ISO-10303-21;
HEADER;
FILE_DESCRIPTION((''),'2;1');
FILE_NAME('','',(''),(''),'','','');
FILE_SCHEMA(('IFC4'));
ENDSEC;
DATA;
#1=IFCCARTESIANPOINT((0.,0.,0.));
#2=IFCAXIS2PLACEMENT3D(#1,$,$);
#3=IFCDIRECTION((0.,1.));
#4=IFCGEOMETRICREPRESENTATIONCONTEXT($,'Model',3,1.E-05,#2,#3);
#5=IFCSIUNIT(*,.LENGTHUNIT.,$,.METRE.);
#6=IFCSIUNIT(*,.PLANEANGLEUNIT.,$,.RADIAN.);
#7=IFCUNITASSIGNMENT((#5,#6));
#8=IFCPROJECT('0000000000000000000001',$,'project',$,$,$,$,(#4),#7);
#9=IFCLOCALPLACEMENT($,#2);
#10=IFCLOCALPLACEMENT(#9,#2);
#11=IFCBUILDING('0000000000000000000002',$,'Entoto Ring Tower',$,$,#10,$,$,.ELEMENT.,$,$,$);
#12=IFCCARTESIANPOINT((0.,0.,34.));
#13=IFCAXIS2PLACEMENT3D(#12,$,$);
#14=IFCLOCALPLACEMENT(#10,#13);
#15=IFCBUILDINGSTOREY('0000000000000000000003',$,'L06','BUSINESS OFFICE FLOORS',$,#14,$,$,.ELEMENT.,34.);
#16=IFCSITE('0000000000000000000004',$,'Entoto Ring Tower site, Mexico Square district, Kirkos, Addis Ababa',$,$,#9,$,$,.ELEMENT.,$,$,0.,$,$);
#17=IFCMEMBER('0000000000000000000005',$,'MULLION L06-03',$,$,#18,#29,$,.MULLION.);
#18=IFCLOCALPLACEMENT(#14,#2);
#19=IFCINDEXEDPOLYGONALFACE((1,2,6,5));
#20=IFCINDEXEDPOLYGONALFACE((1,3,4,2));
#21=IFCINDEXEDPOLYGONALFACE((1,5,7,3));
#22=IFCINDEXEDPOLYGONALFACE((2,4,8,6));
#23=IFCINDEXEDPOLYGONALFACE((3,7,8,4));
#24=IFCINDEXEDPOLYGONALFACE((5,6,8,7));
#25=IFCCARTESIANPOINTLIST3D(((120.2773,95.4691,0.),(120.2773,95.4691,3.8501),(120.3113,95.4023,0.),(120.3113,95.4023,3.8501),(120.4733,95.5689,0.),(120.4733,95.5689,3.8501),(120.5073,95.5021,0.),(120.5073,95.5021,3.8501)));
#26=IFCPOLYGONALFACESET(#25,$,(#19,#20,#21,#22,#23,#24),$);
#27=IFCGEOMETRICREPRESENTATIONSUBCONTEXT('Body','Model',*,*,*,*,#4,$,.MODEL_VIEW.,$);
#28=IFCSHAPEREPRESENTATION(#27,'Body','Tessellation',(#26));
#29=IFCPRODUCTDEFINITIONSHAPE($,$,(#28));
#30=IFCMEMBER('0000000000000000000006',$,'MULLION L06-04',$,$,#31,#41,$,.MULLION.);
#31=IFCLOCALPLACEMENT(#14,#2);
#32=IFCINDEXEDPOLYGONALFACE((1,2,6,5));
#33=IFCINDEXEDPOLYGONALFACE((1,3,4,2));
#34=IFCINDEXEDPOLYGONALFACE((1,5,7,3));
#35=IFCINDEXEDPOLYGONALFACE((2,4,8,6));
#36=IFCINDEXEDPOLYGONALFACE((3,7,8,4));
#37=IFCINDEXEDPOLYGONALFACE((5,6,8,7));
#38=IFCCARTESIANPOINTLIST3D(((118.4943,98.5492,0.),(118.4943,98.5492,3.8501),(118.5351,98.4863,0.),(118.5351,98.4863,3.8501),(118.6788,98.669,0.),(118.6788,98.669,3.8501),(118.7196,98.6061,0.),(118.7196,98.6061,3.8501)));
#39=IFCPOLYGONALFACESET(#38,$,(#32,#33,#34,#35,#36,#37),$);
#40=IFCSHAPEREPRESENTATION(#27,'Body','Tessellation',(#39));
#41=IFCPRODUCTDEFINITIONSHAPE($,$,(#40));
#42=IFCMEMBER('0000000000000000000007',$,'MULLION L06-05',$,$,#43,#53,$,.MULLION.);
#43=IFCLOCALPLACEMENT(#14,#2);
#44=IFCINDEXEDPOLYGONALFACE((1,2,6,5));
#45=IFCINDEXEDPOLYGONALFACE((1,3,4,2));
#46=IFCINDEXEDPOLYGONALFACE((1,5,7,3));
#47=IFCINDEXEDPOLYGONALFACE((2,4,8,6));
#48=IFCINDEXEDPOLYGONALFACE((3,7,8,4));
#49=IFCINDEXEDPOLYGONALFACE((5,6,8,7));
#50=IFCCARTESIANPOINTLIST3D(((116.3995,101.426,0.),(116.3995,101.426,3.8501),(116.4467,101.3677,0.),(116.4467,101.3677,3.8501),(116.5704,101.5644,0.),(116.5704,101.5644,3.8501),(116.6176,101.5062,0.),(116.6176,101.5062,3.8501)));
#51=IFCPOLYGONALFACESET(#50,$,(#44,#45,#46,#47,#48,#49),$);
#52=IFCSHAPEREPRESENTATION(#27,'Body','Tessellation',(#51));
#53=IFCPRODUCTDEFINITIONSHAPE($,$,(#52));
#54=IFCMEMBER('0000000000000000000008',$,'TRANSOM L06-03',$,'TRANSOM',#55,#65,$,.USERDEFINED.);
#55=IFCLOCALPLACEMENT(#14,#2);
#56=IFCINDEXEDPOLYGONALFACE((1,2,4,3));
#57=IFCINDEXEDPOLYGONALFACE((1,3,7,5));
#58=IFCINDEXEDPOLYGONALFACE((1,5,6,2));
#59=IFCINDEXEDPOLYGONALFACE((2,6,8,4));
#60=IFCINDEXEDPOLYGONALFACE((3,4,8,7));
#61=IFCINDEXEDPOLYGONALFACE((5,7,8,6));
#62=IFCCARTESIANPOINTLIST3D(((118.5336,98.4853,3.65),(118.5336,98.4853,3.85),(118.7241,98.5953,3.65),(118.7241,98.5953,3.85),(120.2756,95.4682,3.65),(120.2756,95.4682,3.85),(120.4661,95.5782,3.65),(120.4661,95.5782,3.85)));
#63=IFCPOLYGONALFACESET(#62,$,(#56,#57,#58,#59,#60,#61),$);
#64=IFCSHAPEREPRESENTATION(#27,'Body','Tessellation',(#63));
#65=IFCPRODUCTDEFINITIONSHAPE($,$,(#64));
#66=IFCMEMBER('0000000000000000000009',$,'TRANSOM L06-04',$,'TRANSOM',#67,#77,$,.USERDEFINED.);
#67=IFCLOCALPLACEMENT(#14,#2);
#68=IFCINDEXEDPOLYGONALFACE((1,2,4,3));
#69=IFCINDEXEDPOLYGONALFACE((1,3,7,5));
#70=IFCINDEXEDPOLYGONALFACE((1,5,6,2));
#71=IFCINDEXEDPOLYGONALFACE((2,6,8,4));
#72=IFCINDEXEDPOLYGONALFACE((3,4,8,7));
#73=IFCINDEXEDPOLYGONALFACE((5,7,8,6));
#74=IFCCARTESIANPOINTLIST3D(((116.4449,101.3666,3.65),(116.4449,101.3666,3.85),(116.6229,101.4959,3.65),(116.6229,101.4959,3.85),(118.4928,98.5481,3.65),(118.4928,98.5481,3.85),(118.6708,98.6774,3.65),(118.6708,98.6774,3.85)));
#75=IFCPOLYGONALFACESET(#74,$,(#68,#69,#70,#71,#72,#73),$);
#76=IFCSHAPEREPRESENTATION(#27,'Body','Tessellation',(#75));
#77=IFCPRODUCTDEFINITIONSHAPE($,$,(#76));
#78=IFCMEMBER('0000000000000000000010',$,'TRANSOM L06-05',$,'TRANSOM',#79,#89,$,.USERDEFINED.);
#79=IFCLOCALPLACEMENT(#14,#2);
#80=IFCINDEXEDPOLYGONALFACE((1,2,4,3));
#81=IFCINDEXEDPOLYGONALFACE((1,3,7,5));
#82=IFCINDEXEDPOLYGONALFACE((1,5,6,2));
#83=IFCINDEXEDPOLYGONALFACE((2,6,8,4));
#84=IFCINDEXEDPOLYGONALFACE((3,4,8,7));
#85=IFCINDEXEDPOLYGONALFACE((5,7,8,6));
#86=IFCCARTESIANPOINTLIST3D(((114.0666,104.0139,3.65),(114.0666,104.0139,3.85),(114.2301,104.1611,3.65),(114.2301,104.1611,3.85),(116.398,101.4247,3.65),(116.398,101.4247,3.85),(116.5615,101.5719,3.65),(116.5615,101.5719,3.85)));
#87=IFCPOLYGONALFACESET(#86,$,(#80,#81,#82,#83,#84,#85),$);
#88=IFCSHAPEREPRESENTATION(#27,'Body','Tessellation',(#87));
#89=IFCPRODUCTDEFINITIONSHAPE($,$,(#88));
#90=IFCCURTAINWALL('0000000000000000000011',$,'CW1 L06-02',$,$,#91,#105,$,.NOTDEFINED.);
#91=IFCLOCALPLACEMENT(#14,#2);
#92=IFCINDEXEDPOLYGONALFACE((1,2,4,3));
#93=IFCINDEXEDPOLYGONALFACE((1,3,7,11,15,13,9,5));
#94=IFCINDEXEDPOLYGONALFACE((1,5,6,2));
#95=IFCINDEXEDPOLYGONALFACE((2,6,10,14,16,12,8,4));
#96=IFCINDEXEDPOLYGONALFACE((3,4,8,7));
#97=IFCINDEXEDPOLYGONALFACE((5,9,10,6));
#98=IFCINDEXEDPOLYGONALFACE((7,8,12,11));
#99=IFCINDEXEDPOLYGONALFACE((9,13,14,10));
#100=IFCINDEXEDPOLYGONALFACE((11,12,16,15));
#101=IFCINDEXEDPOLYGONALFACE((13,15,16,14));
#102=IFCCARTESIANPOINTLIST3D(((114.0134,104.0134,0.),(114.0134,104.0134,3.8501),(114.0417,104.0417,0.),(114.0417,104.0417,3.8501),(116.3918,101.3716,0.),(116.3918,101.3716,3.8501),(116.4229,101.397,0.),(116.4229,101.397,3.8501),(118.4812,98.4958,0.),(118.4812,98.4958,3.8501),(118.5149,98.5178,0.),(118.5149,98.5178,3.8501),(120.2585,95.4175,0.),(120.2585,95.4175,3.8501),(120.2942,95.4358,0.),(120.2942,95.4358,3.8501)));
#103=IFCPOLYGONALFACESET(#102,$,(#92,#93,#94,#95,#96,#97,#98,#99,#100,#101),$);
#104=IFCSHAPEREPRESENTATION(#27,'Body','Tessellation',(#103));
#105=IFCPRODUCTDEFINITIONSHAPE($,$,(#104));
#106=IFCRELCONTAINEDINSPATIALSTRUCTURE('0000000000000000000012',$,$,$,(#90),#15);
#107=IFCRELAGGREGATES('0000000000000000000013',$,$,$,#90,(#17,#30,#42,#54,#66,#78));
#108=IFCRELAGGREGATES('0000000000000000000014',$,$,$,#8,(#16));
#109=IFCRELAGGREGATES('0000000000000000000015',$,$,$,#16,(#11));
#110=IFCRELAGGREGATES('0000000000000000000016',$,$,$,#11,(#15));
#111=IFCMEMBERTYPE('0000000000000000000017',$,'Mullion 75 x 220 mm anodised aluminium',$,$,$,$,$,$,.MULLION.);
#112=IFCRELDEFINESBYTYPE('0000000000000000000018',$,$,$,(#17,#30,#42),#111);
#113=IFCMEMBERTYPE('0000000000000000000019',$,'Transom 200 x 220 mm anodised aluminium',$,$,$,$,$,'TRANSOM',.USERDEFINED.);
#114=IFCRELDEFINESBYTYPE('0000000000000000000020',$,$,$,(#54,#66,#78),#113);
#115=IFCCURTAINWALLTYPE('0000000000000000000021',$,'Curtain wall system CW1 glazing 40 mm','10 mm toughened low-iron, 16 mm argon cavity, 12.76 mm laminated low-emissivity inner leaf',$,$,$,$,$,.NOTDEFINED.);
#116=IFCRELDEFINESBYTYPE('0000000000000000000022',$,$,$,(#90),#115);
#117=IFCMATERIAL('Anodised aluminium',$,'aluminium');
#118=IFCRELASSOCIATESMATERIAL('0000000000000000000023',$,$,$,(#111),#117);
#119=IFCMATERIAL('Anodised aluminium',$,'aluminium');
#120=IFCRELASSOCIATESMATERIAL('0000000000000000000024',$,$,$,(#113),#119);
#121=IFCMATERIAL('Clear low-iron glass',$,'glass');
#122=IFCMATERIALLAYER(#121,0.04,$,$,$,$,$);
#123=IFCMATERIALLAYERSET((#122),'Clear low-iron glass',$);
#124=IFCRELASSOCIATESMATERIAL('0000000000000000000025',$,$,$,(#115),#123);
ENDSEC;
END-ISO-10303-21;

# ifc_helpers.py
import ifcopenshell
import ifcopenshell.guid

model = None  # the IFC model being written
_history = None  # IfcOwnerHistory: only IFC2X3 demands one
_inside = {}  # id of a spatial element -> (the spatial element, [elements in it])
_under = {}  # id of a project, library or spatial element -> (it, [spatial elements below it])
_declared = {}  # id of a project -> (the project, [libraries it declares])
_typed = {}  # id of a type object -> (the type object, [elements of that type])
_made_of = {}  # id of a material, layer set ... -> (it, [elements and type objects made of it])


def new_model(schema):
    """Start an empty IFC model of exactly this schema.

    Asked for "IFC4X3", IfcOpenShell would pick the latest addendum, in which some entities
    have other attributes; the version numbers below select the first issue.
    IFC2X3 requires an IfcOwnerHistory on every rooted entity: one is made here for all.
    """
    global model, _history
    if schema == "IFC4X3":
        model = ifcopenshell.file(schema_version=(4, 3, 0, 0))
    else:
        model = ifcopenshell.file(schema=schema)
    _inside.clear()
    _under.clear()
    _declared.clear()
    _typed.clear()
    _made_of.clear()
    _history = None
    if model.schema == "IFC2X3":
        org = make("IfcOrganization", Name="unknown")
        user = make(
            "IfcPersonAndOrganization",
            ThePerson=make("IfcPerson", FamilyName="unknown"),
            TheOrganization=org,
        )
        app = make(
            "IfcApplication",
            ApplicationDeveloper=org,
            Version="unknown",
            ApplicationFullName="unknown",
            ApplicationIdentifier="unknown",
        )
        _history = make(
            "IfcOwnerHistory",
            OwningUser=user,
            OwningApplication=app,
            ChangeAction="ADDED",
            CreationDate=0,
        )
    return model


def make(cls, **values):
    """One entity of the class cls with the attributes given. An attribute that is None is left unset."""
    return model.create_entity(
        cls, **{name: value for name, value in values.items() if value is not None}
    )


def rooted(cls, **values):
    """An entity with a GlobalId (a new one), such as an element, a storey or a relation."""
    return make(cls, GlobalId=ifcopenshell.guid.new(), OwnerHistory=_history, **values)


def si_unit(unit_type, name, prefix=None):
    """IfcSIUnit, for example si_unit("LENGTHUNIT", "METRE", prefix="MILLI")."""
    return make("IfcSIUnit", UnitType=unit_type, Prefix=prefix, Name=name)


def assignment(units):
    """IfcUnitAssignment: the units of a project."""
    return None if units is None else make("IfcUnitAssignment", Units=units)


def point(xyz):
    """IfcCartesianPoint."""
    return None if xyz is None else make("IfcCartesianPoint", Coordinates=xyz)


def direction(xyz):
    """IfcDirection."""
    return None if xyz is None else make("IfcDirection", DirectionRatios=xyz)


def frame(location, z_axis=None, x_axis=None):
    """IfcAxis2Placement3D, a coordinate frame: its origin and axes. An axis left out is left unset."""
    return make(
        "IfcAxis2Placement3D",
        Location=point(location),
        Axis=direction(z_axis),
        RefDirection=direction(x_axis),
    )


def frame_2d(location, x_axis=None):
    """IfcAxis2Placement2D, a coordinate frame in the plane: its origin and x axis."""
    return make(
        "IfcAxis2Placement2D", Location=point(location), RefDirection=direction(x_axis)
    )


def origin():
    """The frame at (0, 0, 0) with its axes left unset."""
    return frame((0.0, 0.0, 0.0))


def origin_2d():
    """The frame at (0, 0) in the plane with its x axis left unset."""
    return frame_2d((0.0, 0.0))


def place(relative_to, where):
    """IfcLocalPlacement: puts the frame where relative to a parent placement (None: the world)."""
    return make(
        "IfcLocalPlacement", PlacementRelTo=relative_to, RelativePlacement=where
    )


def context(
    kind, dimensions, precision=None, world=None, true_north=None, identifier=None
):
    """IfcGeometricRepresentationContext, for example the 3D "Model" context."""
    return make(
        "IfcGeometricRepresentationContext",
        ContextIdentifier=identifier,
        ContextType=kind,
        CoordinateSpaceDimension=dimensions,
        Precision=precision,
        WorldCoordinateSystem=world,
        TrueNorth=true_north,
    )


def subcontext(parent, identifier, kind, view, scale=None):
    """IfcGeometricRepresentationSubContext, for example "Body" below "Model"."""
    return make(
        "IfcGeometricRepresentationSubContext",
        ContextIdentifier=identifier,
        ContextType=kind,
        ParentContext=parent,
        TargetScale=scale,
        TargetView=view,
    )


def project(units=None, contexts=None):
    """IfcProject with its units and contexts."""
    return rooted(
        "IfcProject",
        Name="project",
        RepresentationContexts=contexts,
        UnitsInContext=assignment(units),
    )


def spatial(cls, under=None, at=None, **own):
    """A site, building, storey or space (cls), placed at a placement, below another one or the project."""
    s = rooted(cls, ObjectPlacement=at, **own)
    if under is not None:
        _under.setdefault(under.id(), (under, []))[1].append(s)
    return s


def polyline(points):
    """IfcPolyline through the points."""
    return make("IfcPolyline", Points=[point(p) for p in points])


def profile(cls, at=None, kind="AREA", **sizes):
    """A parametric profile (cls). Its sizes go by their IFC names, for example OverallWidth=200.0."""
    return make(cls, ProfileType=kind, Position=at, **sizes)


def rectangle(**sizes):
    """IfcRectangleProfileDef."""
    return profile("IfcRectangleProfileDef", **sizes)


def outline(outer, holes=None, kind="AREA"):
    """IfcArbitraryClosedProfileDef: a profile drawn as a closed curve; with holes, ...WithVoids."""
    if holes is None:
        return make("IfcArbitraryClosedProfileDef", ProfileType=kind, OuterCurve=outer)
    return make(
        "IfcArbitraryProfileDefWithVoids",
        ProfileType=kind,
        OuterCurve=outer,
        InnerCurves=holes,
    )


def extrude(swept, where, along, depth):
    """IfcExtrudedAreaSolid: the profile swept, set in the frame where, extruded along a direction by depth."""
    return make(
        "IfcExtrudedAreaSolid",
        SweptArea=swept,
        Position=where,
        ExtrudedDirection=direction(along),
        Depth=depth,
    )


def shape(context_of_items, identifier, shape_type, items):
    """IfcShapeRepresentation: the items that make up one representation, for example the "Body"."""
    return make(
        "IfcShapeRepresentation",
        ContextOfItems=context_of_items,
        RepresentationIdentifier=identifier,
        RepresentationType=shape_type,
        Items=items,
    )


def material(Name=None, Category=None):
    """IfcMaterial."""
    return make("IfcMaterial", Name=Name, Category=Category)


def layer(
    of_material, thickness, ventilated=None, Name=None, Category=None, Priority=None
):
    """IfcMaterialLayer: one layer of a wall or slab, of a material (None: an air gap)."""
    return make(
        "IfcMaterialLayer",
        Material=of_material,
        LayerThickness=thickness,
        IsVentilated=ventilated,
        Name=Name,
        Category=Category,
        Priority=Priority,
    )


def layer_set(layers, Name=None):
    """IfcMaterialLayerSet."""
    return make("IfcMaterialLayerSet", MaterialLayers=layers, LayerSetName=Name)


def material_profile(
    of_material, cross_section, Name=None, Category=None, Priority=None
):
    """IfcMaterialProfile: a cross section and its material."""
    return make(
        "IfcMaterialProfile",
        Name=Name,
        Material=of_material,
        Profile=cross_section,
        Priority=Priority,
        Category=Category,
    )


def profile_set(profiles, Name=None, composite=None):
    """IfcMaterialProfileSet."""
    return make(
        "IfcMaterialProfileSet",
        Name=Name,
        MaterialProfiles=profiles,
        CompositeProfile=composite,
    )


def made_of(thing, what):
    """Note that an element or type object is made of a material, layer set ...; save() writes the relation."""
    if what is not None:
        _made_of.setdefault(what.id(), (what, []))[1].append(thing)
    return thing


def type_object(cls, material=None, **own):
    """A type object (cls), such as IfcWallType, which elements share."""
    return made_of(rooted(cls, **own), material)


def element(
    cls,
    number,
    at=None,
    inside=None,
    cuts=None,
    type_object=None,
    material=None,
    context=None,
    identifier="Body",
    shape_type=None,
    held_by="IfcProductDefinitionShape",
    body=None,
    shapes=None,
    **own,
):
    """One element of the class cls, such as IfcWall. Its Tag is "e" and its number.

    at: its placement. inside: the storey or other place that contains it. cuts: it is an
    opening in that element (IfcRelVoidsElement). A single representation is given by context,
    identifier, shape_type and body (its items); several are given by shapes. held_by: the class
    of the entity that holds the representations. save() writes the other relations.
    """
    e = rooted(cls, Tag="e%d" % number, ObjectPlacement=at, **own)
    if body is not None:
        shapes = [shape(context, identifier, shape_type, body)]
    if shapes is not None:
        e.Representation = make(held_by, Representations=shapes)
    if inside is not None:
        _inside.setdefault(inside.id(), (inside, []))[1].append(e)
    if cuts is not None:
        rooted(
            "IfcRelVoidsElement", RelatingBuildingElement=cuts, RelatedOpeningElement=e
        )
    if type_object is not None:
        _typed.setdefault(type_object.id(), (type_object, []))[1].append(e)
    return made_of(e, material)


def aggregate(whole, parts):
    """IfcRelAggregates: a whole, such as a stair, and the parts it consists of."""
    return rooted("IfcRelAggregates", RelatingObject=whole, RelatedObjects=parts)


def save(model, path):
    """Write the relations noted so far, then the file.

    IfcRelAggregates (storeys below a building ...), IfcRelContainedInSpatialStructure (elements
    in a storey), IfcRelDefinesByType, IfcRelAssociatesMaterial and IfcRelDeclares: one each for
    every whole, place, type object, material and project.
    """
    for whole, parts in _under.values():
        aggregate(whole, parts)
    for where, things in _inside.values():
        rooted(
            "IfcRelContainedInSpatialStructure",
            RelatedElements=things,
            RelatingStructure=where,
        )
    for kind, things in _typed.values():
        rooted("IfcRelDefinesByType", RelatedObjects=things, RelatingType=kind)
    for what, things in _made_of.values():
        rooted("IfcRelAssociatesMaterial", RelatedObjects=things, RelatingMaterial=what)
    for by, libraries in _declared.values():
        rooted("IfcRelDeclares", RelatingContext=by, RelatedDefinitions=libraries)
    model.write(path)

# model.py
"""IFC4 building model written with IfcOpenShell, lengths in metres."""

from ifc_helpers import new_model, si_unit, direction, frame, origin, origin_2d, place, context, subcontext, project, spatial, polyline, rectangle, outline, extrude, material, layer, layer_set, material_profile, profile_set, type_object, element, aggregate, save


model = new_model("IFC4")

# Units and contexts
model_context = context("Model", 3, precision=1e-05, world=origin(), true_north=direction((0.0, 1.0)))
body_context = subcontext(model_context, "Body", "Model", "MODEL_VIEW")
ifc_project = project(units=[si_unit("LENGTHUNIT", "METRE"), si_unit("PLANEANGLEUNIT", "RADIAN")], contexts=[model_context])

# Members
ifc_material_1 = material(Name="Anodised aluminium", Category="aluminium")
ifc_material_profile_1 = material_profile(ifc_material_1, rectangle(XDim=0.075, YDim=0.22, at=origin_2d()), Name="Mullion 75 x 220 mm anodised aluminium")
ifc_profile_set_1 = profile_set([ifc_material_profile_1], Name="Anodised aluminium")
member_type_1 = type_object("IfcMemberType", Name="Mullion 75 x 220 mm anodised aluminium", PredefinedType="MULLION", material=ifc_profile_set_1)
site_placement = place(None, origin())
building_placement = place(site_placement, origin())
storey_placement = place(building_placement, frame((0.0, 0.0, 34.0)))
member_1_placement = place(storey_placement, frame((120.3923, 95.4856, 0.0), z_axis=(0.0, 0.0, 1.0), x_axis=(-0.45399, 0.891007, 0.0)))
member_1 = element("IfcMember", 1, at=member_1_placement, type_object=member_type_1, Name="MULLION L06-03", PredefinedType="MULLION", context=body_context, shape_type="SweptSolid", body=[
    extrude(rectangle(XDim=0.075, YDim=0.22, at=origin_2d()), origin(), (0.0, 0.0, 1.0), 3.8501),
])
member_2_placement = place(storey_placement, frame((118.6069, 98.5776, 0.0), z_axis=(0.0, 0.0, 1.0), x_axis=(-0.544639, 0.838671, 0.0)))
member_2 = element("IfcMember", 2, at=member_2_placement, type_object=member_type_1, Name="MULLION L06-04", PredefinedType="MULLION", context=body_context, shape_type="SweptSolid", body=[
    extrude(rectangle(XDim=0.075, YDim=0.22, at=origin_2d()), origin(), (0.0, 0.0, 1.0), 3.8501),
])
member_3_placement = place(storey_placement, frame((116.5085, 101.4661, 0.0), z_axis=(0.0, 0.0, 1.0), x_axis=(-0.62932, 0.777146, 0.0)))
member_3 = element("IfcMember", 3, at=member_3_placement, type_object=member_type_1, Name="MULLION L06-05", PredefinedType="MULLION", context=body_context, shape_type="SweptSolid", body=[
    extrude(rectangle(XDim=0.075, YDim=0.22, at=origin_2d()), origin(), (0.0, 0.0, 1.0), 3.8501),
])
ifc_material_2 = material(Name="Anodised aluminium", Category="aluminium")
ifc_material_profile_2 = material_profile(ifc_material_2, rectangle(XDim=0.22, YDim=0.2, at=origin_2d()), Name="Transom 200 x 220 mm anodised aluminium")
ifc_profile_set_2 = profile_set([ifc_material_profile_2], Name="Anodised aluminium")
member_type_2 = type_object("IfcMemberType", Name="Transom 200 x 220 mm anodised aluminium", ElementType="TRANSOM", PredefinedType="USERDEFINED", material=ifc_profile_set_2)
member_4_placement = place(storey_placement, frame((120.3708, 95.5232, 3.75), z_axis=(-0.500006, 0.866022, 0.0), x_axis=(-0.866022, -0.500006, 0.0)))
member_4 = element("IfcMember", 4, at=member_4_placement, type_object=member_type_2, Name="TRANSOM L06-03", ObjectType="TRANSOM", PredefinedType="USERDEFINED", context=body_context, shape_type="SweptSolid", body=[
    extrude(rectangle(XDim=0.22, YDim=0.2, at=origin_2d()), origin(), (0.0, 0.0, 1.0), 3.4839),
])
member_5_placement = place(storey_placement, frame((118.5818, 98.6128, 3.75), z_axis=(-0.587822, 0.808991, 0.0), x_axis=(-0.808991, -0.587822, 0.0)))
member_5 = element("IfcMember", 5, at=member_5_placement, type_object=member_type_2, Name="TRANSOM L06-04", ObjectType="TRANSOM", PredefinedType="USERDEFINED", context=body_context, shape_type="SweptSolid", body=[
    extrude(rectangle(XDim=0.22, YDim=0.2, at=origin_2d()), origin(), (0.0, 0.0, 1.0), 3.4839),
])
member_6_placement = place(storey_placement, frame((116.4797, 101.4983, 3.75), z_axis=(-0.669139, 0.743137, 0.0), x_axis=(-0.743137, -0.669139, 0.0)))
member_6 = element("IfcMember", 6, at=member_6_placement, type_object=member_type_2, Name="TRANSOM L06-05", ObjectType="TRANSOM", PredefinedType="USERDEFINED", context=body_context, shape_type="SweptSolid", body=[
    extrude(rectangle(XDim=0.22, YDim=0.2, at=origin_2d()), origin(), (0.0, 0.0, 1.0), 3.4841),
])

# Site, building, storey
site = spatial("IfcSite", under=ifc_project, at=site_placement, Name="Entoto Ring Tower site, Mexico Square district, Kirkos, Addis Ababa", CompositionType="ELEMENT", RefElevation=0.0)
building = spatial("IfcBuilding", under=site, at=building_placement, Name="Entoto Ring Tower", CompositionType="ELEMENT")
storey = spatial("IfcBuildingStorey", under=building, at=storey_placement, Name="L06", Description="BUSINESS OFFICE FLOORS", CompositionType="ELEMENT", Elevation=34.0)

# Curtain wall
ifc_material_3 = material(Name="Clear low-iron glass", Category="glass")
ifc_layer_1 = layer(ifc_material_3, 0.04)
ifc_layer_set_1 = layer_set([ifc_layer_1], Name="Clear low-iron glass")
curtain_wall_type = type_object("IfcCurtainWallType", Name="Curtain wall system CW1 glazing 40 mm", Description="10 mm toughened low-iron, 16 mm argon cavity, 12.76 mm laminated low-emissivity inner leaf", PredefinedType="NOTDEFINED", material=ifc_layer_set_1)
curtain_wall_1_placement = place(storey_placement, origin())
curtain_wall_1 = element("IfcCurtainWall", 7, at=curtain_wall_1_placement, inside=storey, type_object=curtain_wall_type, Name="CW1 L06-02", PredefinedType="NOTDEFINED", context=body_context, shape_type="SweptSolid", body=[
    extrude(outline(polyline([(120.2942, 95.4358), (118.5149, 98.5178), (116.4229, 101.397), (114.0417, 104.0417), (114.0134, 104.0134), (116.3918, 101.3716), (118.4812, 98.4958), (120.2585, 95.4175), (120.2942, 95.4358)])), origin(), (0.0, 0.0, 1.0), 3.8501),
])
aggregate(curtain_wall_1, [member_1, member_2, member_3, member_4, member_5, member_6])

save(model, "model.ifc")
